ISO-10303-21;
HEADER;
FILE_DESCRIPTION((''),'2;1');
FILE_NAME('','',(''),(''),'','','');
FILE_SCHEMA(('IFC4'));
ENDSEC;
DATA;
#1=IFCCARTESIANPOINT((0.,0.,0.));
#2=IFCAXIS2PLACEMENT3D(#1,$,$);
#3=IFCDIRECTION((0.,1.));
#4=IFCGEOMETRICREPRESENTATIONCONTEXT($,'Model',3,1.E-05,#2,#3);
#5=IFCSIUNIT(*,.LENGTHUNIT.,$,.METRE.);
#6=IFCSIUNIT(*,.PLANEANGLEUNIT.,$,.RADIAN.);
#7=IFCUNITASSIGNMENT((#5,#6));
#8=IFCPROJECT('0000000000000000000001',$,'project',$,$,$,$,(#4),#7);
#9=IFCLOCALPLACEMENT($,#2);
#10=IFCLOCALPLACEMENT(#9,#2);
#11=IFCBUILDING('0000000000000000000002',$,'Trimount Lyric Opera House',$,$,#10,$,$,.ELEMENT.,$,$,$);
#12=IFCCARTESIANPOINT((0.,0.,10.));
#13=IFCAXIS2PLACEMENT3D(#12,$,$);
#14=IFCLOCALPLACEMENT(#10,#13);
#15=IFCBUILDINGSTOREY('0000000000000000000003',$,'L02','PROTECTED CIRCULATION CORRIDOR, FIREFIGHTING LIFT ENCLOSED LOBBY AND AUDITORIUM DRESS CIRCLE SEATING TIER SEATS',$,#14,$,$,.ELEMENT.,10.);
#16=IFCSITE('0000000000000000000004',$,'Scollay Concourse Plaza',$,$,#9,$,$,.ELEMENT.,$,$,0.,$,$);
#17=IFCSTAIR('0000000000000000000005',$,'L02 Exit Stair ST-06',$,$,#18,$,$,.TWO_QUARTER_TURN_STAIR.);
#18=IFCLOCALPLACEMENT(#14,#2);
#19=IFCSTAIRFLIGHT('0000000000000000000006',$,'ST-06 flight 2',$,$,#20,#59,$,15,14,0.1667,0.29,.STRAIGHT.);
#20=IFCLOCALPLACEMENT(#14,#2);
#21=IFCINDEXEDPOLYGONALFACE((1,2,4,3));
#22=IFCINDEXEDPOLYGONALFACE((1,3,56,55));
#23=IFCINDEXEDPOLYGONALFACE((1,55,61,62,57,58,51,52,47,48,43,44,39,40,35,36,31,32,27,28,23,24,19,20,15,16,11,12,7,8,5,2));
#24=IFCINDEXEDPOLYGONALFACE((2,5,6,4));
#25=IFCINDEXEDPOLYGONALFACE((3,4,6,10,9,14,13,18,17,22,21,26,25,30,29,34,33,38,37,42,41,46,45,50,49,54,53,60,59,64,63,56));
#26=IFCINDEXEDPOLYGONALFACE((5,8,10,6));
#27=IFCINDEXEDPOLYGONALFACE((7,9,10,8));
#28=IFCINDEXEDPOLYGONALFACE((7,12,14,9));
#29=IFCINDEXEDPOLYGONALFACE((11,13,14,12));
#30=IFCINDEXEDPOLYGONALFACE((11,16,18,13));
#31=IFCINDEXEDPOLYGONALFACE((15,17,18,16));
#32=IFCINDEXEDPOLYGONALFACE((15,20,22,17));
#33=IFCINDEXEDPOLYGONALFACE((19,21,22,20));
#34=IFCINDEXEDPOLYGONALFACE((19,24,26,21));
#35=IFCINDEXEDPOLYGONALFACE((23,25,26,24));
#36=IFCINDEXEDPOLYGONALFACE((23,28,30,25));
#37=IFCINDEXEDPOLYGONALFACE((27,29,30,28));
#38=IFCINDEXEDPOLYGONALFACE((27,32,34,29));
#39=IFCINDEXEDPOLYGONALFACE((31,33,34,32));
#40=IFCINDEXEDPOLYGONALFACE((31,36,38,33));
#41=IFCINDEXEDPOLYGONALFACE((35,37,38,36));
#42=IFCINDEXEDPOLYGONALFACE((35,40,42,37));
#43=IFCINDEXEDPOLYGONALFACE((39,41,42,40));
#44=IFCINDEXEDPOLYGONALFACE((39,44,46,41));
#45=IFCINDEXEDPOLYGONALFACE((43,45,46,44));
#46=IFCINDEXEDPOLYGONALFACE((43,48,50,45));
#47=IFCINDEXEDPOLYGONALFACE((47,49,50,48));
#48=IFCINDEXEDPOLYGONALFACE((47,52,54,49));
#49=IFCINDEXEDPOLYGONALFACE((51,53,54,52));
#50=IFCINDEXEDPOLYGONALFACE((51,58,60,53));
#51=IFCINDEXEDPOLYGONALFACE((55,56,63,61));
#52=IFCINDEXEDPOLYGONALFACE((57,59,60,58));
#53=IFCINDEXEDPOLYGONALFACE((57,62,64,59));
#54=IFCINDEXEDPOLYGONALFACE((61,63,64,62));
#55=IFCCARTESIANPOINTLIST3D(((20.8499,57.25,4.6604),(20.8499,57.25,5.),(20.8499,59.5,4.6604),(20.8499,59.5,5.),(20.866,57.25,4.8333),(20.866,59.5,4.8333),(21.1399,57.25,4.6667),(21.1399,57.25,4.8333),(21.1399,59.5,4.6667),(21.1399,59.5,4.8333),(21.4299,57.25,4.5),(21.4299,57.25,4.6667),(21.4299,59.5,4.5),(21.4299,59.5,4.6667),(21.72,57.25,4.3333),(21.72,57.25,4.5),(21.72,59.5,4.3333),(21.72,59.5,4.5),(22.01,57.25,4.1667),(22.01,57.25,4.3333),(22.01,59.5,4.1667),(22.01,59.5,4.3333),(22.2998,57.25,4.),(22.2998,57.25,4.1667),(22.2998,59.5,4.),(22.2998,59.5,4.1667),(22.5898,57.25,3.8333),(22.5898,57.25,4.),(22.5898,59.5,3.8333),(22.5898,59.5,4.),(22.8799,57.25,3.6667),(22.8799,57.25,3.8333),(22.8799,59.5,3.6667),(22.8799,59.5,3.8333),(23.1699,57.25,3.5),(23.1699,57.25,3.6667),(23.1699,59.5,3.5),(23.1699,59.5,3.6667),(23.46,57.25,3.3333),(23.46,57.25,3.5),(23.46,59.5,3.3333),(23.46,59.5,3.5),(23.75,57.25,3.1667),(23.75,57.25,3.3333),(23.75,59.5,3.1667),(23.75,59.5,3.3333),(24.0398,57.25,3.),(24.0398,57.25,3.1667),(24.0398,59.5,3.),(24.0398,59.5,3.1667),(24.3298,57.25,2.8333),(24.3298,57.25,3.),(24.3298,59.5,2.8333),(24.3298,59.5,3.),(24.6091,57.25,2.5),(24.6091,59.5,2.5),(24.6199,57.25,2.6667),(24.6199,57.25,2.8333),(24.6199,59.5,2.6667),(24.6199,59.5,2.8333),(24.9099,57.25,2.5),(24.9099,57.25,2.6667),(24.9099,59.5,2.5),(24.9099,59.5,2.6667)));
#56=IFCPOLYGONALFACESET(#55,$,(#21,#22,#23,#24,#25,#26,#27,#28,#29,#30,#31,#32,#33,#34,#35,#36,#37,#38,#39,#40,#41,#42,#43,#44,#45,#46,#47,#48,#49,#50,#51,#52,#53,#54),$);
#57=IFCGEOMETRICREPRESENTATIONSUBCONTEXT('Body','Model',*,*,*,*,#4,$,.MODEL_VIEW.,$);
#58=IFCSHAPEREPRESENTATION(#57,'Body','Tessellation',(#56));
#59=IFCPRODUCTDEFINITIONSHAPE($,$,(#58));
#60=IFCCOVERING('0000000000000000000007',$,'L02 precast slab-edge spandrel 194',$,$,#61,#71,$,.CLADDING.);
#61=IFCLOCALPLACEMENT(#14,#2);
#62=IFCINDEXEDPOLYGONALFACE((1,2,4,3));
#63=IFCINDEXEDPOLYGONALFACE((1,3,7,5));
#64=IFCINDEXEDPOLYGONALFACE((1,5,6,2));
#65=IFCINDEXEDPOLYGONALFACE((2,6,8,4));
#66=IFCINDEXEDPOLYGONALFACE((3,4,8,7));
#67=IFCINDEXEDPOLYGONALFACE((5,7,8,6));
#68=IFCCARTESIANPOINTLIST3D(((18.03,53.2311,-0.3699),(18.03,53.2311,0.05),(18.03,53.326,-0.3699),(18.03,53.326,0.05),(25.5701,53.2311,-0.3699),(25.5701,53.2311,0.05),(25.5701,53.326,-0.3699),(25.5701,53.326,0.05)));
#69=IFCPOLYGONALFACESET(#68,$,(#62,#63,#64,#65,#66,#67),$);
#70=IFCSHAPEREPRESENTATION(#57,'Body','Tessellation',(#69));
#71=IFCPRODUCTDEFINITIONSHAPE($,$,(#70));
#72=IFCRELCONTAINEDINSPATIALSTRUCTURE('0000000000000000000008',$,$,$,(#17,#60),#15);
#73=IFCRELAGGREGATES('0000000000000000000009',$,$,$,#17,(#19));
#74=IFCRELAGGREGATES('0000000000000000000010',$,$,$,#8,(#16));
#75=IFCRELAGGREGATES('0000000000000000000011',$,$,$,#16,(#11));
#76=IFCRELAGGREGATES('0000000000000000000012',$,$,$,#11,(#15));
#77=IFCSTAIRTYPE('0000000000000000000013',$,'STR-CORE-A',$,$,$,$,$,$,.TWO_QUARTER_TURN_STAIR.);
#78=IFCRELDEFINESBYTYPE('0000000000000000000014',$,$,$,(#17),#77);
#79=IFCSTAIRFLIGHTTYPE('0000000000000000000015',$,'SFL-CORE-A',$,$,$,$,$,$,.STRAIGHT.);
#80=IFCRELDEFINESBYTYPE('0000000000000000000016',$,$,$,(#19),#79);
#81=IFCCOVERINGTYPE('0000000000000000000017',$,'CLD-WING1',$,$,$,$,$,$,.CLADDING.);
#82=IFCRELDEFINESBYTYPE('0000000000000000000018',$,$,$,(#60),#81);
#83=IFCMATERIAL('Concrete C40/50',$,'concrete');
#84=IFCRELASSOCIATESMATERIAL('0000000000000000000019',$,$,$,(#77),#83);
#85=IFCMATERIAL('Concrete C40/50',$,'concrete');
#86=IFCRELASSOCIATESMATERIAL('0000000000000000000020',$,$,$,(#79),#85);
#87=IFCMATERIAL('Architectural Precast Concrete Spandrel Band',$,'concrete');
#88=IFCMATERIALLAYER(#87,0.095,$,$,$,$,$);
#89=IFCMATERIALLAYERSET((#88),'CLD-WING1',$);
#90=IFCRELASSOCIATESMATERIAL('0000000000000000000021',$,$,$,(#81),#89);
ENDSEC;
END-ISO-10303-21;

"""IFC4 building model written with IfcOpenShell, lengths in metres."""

from ifc_helpers import new_model, si_unit, direction, frame, origin, origin_2d, place, context, subcontext, project, spatial, polyline, rectangle, outline, extrude, material, layer, layer_set, type_object, element, aggregate, save


model = new_model("IFC4")

# Units and contexts
model_context = context("Model", 3, precision=1e-05, world=origin(), true_north=direction((0.0, 1.0)))
body_context = subcontext(model_context, "Body", "Model", "MODEL_VIEW")
ifc_project = project(units=[si_unit("LENGTHUNIT", "METRE"), si_unit("PLANEANGLEUNIT", "RADIAN")], contexts=[model_context])

# Site, building, storey
site_placement = place(None, origin())
site = spatial("IfcSite", under=ifc_project, at=site_placement, Name="Scollay Concourse Plaza", CompositionType="ELEMENT", RefElevation=0.0)
building_placement = place(site_placement, origin())
building = spatial("IfcBuilding", under=site, at=building_placement, Name="Trimount Lyric Opera House", CompositionType="ELEMENT")
storey_placement = place(building_placement, frame((0.0, 0.0, 10.0)))
storey = spatial("IfcBuildingStorey", under=building, at=storey_placement, Name="L02", Description="PROTECTED CIRCULATION CORRIDOR, FIREFIGHTING LIFT ENCLOSED LOBBY AND AUDITORIUM DRESS CIRCLE SEATING TIER SEATS", CompositionType="ELEMENT", Elevation=10.0)

# Stair, stair flight
ifc_material_1 = material(Name="Concrete C40/50", Category="concrete")
stair_type = type_object("IfcStairType", Name="STR-CORE-A", PredefinedType="TWO_QUARTER_TURN_STAIR", material=ifc_material_1)
stair_placement = place(storey_placement, origin())
stair = element("IfcStair", 1, at=stair_placement, inside=storey, type_object=stair_type, Name="L02 Exit Stair ST-06", PredefinedType="TWO_QUARTER_TURN_STAIR")
ifc_material_2 = material(Name="Concrete C40/50", Category="concrete")
stair_flight_type = type_object("IfcStairFlightType", Name="SFL-CORE-A", PredefinedType="STRAIGHT", material=ifc_material_2)
stair_flight_1_placement = place(storey_placement, frame((24.9099, 58.375, 2.5), z_axis=(0.0, 0.0, 1.0), x_axis=(-1.0, 0.0, 0.0)))
stair_flight_1 = element("IfcStairFlight", 2, at=stair_flight_1_placement, type_object=stair_flight_type, Name="ST-06 flight 2", NumberOfRisers=15, NumberOfTreads=14, PredefinedType="STRAIGHT", RiserHeight=0.1667, TreadLength=0.29, context=body_context, shape_type="SweptSolid", body=[
    extrude(outline(polyline([(0.0, 0.0), (0.0, 0.1667), (0.29, 0.1667), (0.29, 0.3333), (0.5801, 0.3333), (0.5801, 0.5), (0.8701, 0.5), (0.8701, 0.6667), (1.1599, 0.6667), (1.1599, 0.8333), (1.45, 0.8333), (1.45, 1.0), (1.74, 1.0), (1.74, 1.1667), (2.03, 1.1667), (2.03, 1.3333), (2.3201, 1.3333), (2.3201, 1.5), (2.6101, 1.5), (2.6101, 1.6667), (2.8999, 1.6667), (2.8999, 1.8333), (3.1899, 1.8333), (3.1899, 2.0), (3.48, 2.0), (3.48, 2.1667), (3.77, 2.1667), (3.77, 2.3333), (4.0439, 2.3333), (4.0601, 2.5), (4.0601, 2.1604), (0.3008, 0.0), (0.0, 0.0)])), frame((0.0, 1.125, 0.0), z_axis=(0.0, -1.0, 0.0), x_axis=(1.0, 0.0, 0.0)), (0.0, 0.0, 1.0), 2.25),
])
aggregate(stair, [stair_flight_1])

# Covering
ifc_material_3 = material(Name="Architectural Precast Concrete Spandrel Band", Category="concrete")
ifc_layer_1 = layer(ifc_material_3, 0.095)
ifc_layer_set_1 = layer_set([ifc_layer_1], Name="CLD-WING1")
covering_type = type_object("IfcCoveringType", Name="CLD-WING1", PredefinedType="CLADDING", material=ifc_layer_set_1)
covering_placement = place(storey_placement, frame((21.8, 53.2786, -0.3699), z_axis=(0.0, 0.0, 1.0), x_axis=(-1.0, 0.0, 0.0)))
element("IfcCovering", 3, at=covering_placement, inside=storey, type_object=covering_type, Name="L02 precast slab-edge spandrel 194", PredefinedType="CLADDING", context=body_context, shape_type="SweptSolid", body=[
    extrude(rectangle(XDim=7.54, YDim=0.095, at=origin_2d()), origin(), (0.0, 0.0, 1.0), 0.4199),
])

save(model, "model.ifc")
